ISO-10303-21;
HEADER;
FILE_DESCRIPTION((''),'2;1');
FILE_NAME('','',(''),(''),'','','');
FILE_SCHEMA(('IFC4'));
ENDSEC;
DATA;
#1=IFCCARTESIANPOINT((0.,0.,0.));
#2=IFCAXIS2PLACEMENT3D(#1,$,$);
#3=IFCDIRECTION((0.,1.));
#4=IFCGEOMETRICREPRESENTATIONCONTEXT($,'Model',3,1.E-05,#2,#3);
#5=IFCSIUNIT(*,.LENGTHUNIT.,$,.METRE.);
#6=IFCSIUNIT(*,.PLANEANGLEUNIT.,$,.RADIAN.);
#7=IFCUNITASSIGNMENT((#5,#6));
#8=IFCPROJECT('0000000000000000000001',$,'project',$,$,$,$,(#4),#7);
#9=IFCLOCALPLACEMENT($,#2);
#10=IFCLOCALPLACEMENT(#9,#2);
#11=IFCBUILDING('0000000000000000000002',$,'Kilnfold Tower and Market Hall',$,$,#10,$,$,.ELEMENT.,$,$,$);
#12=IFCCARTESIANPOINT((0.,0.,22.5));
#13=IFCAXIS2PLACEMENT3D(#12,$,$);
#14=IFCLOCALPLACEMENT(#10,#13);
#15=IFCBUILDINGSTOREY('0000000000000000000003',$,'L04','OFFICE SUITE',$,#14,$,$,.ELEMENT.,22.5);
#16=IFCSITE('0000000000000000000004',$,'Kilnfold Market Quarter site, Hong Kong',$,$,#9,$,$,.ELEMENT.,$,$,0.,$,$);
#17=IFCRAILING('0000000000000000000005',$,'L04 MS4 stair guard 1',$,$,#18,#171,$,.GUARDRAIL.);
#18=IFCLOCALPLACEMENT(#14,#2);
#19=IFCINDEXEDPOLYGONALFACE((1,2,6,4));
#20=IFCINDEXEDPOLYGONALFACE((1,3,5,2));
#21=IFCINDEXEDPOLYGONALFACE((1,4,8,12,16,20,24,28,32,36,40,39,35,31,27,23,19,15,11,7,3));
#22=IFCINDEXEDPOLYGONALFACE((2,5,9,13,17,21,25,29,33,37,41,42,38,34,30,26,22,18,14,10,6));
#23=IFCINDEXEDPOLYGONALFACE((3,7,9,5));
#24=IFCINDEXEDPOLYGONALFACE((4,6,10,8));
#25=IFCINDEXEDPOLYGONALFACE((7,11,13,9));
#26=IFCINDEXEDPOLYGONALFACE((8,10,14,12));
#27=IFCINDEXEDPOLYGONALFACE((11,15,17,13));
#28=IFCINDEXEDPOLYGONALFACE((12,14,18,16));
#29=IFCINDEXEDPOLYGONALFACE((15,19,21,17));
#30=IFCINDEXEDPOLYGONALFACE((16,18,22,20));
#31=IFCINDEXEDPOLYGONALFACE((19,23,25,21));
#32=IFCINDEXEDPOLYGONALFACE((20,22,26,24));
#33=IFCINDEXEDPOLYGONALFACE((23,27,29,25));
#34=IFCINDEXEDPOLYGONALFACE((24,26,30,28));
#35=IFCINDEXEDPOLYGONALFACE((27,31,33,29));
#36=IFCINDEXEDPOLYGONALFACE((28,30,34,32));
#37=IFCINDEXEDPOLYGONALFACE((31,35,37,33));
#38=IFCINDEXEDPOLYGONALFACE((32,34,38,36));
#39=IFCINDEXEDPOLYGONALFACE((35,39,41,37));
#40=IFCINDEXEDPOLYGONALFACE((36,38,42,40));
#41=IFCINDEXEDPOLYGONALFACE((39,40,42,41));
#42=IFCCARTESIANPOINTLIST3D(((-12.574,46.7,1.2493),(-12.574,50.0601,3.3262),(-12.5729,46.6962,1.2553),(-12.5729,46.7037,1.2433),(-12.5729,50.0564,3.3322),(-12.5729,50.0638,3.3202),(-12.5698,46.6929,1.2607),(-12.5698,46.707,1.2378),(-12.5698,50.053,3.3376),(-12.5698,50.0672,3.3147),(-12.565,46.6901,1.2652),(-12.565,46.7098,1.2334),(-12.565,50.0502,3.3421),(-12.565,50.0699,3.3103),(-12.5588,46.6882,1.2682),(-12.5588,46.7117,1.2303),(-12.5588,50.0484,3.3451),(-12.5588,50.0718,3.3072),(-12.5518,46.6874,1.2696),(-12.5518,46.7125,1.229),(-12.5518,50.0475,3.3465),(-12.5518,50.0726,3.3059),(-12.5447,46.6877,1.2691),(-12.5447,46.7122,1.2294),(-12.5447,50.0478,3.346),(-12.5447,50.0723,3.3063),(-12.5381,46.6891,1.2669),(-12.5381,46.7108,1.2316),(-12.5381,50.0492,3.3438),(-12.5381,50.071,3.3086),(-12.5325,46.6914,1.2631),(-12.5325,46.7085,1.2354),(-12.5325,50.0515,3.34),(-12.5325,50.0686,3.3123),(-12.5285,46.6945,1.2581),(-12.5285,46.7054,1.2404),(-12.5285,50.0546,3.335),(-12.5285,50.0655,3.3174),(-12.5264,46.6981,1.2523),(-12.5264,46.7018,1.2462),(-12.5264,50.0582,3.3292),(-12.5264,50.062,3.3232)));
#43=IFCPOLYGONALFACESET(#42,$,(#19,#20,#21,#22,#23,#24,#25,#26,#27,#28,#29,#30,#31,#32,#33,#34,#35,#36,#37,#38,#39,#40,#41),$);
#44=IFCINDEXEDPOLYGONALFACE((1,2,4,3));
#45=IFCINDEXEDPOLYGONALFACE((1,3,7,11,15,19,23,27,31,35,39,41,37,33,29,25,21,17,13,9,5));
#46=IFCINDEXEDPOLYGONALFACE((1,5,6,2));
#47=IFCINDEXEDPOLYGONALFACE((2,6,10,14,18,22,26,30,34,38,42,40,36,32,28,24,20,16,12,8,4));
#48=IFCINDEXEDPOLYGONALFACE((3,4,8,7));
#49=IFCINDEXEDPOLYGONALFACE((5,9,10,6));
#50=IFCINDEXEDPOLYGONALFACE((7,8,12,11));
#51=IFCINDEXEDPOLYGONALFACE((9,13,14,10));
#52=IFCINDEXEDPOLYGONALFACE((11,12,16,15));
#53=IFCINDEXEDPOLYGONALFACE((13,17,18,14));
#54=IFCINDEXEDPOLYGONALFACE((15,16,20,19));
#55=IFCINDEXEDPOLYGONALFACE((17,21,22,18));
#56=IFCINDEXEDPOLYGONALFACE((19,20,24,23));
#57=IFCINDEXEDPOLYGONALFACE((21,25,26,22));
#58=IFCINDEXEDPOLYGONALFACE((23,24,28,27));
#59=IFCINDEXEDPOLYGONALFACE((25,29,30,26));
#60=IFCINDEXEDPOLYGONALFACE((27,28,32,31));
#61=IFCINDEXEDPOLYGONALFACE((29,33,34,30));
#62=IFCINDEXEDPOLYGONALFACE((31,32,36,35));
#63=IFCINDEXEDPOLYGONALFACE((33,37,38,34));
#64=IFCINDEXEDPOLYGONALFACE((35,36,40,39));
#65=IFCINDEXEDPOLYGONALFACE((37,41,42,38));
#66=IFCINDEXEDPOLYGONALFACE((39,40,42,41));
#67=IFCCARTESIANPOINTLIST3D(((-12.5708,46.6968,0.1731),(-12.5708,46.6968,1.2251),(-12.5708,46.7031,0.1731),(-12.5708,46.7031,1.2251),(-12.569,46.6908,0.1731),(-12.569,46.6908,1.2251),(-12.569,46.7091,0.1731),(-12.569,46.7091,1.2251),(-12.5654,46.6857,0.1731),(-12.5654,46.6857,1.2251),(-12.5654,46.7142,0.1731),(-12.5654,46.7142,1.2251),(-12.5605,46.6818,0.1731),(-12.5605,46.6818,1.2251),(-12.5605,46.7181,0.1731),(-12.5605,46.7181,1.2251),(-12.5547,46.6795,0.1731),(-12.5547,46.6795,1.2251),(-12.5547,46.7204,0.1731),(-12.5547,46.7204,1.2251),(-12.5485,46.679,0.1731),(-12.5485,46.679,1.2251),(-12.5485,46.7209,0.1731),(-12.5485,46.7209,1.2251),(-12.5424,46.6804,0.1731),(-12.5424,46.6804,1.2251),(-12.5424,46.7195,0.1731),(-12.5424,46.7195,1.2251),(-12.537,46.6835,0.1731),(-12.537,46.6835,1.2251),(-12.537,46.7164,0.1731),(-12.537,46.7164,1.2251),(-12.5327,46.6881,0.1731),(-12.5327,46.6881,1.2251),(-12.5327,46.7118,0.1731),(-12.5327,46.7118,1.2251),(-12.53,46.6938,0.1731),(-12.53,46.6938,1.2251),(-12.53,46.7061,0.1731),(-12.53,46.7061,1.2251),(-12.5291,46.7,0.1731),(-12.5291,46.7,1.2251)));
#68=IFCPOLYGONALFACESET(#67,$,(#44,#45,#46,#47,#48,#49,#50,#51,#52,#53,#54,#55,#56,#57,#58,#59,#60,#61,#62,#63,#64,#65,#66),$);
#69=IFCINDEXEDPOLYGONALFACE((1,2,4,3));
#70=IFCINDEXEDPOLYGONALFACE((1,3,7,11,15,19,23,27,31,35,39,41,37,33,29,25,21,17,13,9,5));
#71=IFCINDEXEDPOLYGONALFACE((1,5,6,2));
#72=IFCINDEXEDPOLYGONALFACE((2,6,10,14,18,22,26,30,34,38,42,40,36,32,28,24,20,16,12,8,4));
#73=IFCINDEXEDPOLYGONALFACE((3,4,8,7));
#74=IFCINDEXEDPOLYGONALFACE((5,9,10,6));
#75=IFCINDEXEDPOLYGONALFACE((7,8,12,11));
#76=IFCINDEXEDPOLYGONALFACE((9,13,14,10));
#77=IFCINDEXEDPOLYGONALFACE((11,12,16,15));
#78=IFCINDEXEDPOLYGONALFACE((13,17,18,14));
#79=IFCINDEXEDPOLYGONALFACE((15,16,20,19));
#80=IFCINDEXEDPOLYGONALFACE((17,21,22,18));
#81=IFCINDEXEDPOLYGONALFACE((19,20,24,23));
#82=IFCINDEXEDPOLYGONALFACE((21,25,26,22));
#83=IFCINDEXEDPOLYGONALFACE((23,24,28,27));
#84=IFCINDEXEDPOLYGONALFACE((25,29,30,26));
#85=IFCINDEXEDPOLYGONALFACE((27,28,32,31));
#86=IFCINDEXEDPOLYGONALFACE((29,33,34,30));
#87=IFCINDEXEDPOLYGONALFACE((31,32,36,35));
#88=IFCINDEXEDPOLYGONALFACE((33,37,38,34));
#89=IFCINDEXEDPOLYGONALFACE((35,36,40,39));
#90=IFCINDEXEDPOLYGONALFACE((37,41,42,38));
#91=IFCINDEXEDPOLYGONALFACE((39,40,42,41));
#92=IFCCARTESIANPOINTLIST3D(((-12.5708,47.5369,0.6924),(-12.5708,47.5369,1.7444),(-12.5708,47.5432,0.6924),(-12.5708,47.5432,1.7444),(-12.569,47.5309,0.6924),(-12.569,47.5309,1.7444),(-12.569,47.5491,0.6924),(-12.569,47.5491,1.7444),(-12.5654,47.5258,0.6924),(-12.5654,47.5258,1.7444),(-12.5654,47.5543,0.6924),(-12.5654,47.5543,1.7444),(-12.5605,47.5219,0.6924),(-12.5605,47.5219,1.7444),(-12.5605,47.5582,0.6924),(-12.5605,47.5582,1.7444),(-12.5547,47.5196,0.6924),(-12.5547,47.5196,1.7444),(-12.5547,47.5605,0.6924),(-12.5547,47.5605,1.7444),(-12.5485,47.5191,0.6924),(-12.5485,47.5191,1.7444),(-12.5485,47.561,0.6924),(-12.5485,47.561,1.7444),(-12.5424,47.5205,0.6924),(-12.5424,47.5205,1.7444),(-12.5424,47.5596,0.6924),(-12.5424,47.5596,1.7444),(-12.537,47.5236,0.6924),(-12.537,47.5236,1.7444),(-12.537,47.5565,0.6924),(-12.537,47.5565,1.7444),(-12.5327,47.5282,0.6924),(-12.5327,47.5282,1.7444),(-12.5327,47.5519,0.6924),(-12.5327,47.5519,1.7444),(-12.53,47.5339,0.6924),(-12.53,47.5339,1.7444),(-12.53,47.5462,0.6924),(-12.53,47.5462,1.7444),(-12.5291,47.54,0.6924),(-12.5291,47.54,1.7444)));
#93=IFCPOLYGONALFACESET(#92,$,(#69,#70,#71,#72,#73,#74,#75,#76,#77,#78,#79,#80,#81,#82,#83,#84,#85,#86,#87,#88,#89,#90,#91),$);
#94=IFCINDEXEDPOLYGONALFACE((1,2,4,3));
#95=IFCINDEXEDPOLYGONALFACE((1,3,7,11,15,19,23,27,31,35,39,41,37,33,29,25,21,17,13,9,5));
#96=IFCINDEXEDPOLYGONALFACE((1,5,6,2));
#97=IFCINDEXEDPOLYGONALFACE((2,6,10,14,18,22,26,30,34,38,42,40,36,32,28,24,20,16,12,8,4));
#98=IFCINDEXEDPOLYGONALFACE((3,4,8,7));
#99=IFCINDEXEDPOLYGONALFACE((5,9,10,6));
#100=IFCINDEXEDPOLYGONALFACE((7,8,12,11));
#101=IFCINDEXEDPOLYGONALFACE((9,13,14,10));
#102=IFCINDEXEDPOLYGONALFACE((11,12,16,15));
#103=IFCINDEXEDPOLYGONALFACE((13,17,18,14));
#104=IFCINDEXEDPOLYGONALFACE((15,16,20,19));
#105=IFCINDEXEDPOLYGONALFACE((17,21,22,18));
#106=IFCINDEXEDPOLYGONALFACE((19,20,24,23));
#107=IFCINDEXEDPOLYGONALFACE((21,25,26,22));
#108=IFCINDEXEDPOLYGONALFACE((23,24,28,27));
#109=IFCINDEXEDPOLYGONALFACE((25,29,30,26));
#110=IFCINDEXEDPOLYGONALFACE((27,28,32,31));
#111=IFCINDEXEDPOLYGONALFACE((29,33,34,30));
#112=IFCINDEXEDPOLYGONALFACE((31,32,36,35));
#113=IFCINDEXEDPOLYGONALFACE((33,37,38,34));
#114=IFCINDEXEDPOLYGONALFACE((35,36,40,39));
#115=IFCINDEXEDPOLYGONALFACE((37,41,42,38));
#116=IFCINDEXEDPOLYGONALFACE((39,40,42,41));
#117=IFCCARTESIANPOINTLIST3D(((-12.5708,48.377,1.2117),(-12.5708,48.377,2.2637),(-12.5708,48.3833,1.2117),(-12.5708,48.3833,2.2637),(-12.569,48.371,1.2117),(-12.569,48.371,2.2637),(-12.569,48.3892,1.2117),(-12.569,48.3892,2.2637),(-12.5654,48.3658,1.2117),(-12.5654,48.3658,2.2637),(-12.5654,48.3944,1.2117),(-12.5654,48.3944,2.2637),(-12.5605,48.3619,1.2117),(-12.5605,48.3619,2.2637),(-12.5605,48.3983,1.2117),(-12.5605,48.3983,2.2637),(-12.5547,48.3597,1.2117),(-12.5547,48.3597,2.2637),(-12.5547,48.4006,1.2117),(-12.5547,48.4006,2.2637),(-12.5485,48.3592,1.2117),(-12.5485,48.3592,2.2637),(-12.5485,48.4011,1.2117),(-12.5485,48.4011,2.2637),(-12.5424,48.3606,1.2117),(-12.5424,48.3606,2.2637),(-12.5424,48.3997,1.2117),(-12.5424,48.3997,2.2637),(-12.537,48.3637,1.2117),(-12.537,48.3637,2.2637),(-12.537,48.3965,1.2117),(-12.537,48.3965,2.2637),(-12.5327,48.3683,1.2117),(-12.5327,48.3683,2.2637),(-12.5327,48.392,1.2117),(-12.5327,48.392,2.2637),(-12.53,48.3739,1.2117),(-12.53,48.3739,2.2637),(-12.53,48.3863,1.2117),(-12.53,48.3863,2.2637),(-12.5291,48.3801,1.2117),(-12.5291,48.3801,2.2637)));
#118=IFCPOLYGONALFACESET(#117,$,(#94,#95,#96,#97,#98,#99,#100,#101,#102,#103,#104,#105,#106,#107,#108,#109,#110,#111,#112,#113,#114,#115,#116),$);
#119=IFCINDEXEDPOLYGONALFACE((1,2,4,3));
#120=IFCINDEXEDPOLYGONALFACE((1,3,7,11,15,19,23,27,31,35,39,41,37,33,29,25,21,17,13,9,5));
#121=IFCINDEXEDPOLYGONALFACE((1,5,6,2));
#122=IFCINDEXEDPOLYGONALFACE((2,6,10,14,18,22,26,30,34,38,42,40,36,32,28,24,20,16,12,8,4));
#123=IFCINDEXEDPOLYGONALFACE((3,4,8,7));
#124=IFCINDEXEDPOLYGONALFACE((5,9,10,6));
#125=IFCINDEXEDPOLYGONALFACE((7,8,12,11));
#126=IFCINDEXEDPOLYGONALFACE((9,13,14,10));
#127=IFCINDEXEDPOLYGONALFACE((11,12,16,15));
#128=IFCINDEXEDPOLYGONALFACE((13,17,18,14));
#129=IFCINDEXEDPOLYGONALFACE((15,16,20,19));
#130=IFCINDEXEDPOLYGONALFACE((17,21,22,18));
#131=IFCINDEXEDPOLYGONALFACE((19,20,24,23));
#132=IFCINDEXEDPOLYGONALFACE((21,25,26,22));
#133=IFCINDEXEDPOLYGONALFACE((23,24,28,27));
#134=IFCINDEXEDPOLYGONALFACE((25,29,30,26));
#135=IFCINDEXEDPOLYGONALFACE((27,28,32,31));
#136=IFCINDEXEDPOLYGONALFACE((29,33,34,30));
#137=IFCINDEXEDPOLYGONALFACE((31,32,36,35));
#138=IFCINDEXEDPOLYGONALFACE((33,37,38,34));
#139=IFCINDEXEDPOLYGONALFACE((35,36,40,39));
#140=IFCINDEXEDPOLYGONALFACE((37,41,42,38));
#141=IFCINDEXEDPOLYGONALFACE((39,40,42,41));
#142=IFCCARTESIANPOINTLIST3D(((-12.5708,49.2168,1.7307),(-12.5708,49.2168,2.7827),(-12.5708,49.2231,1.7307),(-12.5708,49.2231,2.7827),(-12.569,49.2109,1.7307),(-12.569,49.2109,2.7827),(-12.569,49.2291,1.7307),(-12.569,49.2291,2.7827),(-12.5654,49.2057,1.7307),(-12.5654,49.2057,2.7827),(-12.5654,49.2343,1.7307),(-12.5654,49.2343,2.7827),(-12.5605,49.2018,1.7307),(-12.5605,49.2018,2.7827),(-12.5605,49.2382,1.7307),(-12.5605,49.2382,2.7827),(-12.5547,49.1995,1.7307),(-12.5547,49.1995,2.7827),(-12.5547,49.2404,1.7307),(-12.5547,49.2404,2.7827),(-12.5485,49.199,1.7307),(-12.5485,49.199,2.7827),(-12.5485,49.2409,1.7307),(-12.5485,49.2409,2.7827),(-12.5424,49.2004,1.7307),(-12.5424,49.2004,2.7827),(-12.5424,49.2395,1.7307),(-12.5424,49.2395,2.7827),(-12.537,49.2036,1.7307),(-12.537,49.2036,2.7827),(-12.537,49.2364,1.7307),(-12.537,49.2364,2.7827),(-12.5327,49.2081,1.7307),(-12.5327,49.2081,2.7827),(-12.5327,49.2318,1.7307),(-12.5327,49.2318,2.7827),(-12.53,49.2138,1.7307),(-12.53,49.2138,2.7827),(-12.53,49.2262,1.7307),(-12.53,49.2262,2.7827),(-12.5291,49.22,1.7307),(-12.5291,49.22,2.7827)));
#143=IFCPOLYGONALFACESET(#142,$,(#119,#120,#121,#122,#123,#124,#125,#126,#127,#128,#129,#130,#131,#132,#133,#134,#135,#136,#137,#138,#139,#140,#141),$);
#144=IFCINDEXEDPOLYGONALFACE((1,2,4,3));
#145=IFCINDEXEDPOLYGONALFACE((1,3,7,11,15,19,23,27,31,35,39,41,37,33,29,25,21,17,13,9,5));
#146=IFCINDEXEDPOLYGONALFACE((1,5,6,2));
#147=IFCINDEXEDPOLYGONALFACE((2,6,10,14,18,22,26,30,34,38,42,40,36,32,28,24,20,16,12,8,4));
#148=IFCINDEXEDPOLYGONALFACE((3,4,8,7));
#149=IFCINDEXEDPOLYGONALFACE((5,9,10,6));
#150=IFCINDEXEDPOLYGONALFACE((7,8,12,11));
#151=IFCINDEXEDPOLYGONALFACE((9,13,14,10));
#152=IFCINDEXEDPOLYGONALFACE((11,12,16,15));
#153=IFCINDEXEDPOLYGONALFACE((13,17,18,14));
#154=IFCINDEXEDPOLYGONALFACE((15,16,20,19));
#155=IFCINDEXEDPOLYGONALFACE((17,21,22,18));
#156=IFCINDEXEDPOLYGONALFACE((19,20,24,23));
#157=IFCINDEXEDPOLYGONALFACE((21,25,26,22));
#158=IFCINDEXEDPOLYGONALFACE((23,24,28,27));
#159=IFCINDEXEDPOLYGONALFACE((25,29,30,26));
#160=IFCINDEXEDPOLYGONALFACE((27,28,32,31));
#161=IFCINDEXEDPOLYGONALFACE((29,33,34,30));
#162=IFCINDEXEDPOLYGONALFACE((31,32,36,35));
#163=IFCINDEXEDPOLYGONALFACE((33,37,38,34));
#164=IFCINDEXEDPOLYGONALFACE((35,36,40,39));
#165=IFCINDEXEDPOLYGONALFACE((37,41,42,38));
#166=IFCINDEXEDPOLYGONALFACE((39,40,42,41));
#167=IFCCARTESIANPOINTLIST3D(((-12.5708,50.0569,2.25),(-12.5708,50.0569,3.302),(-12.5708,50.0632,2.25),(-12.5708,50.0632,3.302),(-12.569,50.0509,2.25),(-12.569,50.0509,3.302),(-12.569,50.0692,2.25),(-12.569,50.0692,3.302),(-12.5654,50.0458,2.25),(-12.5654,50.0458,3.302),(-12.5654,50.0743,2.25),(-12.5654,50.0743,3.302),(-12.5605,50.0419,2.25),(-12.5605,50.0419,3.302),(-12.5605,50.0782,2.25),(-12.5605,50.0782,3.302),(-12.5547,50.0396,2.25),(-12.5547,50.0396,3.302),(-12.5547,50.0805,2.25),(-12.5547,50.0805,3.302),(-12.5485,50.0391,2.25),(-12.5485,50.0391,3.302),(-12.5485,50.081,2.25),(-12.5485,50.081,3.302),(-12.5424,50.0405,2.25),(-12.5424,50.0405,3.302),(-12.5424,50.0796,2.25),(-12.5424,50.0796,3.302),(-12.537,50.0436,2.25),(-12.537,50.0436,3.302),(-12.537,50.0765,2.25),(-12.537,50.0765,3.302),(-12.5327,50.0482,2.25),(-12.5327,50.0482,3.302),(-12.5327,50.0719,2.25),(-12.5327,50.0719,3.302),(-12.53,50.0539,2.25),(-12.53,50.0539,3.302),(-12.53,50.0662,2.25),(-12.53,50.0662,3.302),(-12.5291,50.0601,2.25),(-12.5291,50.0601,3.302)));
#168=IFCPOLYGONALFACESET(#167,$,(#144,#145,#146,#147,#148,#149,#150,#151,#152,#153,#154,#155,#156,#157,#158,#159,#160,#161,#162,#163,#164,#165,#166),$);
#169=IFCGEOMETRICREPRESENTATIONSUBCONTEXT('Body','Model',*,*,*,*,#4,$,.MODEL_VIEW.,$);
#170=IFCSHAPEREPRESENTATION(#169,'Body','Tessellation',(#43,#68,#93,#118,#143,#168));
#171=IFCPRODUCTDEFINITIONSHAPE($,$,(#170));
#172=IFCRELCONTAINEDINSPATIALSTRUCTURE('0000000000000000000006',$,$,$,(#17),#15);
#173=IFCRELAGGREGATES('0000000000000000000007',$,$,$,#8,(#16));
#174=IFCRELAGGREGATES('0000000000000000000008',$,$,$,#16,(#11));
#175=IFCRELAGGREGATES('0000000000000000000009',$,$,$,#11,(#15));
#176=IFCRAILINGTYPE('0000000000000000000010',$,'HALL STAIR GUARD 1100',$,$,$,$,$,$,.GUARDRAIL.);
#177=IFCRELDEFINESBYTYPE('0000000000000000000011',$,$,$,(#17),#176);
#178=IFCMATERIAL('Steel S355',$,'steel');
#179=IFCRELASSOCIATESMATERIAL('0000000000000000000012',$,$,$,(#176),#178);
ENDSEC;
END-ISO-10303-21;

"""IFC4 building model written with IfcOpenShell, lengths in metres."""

from ifc_helpers import new_model, si_unit, direction, frame, origin, origin_2d, place, context, subcontext, project, spatial, circle, extrude, material, type_object, element, save


model = new_model("IFC4")

# Units and contexts
model_context = context("Model", 3, precision=1e-05, world=origin(), true_north=direction((0.0, 1.0)))
body_context = subcontext(model_context, "Body", "Model", "MODEL_VIEW")
ifc_project = project(units=[si_unit("LENGTHUNIT", "METRE"), si_unit("PLANEANGLEUNIT", "RADIAN")], contexts=[model_context])

# Site, building, storey
site_placement = place(None, origin())
site = spatial("IfcSite", under=ifc_project, at=site_placement, Name="Kilnfold Market Quarter site, Hong Kong", CompositionType="ELEMENT", RefElevation=0.0)
building_placement = place(site_placement, origin())
building = spatial("IfcBuilding", under=site, at=building_placement, Name="Kilnfold Tower and Market Hall", CompositionType="ELEMENT")
storey_placement = place(building_placement, frame((0.0, 0.0, 22.5)))
storey = spatial("IfcBuildingStorey", under=building, at=storey_placement, Name="L04", Description="OFFICE SUITE", CompositionType="ELEMENT", Elevation=22.5)

# Railing
ifc_material_1 = material(Name="Steel S355", Category="steel")
railing_type_1 = type_object("IfcRailingType", Name="HALL STAIR GUARD 1100", PredefinedType="GUARDRAIL", material=ifc_material_1)
railing_1_placement = place(storey_placement, frame((-12.55, 46.7, 0.1731)))
element("IfcRailing", 1, at=railing_1_placement, inside=storey, type_object=railing_type_1, Name="L04 MS4 stair guard 1", PredefinedType="GUARDRAIL", context=body_context, shape_type="SweptSolid", body=[
    extrude(circle(Radius=0.0239, at=origin_2d()), frame((0.0, 0.0, 1.0762), z_axis=(0.0, 0.850623, 0.525776), x_axis=(-1.0, 0.0, 0.0)), (0.0, 0.0, 1.0), 3.9502),
    extrude(circle(Radius=0.021, at=origin_2d()), origin(), (0.0, 0.0, 1.0), 1.052),
    extrude(circle(Radius=0.021, at=origin_2d()), frame((0.0, 0.8401, 0.5193)), (0.0, 0.0, 1.0), 1.052),
    extrude(circle(Radius=0.021, at=origin_2d()), frame((0.0, 1.6802, 1.0386)), (0.0, 0.0, 1.0), 1.052),
    extrude(circle(Radius=0.021, at=origin_2d()), frame((0.0, 2.52, 1.5576)), (0.0, 0.0, 1.0), 1.052),
    extrude(circle(Radius=0.021, at=origin_2d()), frame((0.0, 3.3601, 2.0769)), (0.0, 0.0, 1.0), 1.052),
])

save(model, "model.ifc")
